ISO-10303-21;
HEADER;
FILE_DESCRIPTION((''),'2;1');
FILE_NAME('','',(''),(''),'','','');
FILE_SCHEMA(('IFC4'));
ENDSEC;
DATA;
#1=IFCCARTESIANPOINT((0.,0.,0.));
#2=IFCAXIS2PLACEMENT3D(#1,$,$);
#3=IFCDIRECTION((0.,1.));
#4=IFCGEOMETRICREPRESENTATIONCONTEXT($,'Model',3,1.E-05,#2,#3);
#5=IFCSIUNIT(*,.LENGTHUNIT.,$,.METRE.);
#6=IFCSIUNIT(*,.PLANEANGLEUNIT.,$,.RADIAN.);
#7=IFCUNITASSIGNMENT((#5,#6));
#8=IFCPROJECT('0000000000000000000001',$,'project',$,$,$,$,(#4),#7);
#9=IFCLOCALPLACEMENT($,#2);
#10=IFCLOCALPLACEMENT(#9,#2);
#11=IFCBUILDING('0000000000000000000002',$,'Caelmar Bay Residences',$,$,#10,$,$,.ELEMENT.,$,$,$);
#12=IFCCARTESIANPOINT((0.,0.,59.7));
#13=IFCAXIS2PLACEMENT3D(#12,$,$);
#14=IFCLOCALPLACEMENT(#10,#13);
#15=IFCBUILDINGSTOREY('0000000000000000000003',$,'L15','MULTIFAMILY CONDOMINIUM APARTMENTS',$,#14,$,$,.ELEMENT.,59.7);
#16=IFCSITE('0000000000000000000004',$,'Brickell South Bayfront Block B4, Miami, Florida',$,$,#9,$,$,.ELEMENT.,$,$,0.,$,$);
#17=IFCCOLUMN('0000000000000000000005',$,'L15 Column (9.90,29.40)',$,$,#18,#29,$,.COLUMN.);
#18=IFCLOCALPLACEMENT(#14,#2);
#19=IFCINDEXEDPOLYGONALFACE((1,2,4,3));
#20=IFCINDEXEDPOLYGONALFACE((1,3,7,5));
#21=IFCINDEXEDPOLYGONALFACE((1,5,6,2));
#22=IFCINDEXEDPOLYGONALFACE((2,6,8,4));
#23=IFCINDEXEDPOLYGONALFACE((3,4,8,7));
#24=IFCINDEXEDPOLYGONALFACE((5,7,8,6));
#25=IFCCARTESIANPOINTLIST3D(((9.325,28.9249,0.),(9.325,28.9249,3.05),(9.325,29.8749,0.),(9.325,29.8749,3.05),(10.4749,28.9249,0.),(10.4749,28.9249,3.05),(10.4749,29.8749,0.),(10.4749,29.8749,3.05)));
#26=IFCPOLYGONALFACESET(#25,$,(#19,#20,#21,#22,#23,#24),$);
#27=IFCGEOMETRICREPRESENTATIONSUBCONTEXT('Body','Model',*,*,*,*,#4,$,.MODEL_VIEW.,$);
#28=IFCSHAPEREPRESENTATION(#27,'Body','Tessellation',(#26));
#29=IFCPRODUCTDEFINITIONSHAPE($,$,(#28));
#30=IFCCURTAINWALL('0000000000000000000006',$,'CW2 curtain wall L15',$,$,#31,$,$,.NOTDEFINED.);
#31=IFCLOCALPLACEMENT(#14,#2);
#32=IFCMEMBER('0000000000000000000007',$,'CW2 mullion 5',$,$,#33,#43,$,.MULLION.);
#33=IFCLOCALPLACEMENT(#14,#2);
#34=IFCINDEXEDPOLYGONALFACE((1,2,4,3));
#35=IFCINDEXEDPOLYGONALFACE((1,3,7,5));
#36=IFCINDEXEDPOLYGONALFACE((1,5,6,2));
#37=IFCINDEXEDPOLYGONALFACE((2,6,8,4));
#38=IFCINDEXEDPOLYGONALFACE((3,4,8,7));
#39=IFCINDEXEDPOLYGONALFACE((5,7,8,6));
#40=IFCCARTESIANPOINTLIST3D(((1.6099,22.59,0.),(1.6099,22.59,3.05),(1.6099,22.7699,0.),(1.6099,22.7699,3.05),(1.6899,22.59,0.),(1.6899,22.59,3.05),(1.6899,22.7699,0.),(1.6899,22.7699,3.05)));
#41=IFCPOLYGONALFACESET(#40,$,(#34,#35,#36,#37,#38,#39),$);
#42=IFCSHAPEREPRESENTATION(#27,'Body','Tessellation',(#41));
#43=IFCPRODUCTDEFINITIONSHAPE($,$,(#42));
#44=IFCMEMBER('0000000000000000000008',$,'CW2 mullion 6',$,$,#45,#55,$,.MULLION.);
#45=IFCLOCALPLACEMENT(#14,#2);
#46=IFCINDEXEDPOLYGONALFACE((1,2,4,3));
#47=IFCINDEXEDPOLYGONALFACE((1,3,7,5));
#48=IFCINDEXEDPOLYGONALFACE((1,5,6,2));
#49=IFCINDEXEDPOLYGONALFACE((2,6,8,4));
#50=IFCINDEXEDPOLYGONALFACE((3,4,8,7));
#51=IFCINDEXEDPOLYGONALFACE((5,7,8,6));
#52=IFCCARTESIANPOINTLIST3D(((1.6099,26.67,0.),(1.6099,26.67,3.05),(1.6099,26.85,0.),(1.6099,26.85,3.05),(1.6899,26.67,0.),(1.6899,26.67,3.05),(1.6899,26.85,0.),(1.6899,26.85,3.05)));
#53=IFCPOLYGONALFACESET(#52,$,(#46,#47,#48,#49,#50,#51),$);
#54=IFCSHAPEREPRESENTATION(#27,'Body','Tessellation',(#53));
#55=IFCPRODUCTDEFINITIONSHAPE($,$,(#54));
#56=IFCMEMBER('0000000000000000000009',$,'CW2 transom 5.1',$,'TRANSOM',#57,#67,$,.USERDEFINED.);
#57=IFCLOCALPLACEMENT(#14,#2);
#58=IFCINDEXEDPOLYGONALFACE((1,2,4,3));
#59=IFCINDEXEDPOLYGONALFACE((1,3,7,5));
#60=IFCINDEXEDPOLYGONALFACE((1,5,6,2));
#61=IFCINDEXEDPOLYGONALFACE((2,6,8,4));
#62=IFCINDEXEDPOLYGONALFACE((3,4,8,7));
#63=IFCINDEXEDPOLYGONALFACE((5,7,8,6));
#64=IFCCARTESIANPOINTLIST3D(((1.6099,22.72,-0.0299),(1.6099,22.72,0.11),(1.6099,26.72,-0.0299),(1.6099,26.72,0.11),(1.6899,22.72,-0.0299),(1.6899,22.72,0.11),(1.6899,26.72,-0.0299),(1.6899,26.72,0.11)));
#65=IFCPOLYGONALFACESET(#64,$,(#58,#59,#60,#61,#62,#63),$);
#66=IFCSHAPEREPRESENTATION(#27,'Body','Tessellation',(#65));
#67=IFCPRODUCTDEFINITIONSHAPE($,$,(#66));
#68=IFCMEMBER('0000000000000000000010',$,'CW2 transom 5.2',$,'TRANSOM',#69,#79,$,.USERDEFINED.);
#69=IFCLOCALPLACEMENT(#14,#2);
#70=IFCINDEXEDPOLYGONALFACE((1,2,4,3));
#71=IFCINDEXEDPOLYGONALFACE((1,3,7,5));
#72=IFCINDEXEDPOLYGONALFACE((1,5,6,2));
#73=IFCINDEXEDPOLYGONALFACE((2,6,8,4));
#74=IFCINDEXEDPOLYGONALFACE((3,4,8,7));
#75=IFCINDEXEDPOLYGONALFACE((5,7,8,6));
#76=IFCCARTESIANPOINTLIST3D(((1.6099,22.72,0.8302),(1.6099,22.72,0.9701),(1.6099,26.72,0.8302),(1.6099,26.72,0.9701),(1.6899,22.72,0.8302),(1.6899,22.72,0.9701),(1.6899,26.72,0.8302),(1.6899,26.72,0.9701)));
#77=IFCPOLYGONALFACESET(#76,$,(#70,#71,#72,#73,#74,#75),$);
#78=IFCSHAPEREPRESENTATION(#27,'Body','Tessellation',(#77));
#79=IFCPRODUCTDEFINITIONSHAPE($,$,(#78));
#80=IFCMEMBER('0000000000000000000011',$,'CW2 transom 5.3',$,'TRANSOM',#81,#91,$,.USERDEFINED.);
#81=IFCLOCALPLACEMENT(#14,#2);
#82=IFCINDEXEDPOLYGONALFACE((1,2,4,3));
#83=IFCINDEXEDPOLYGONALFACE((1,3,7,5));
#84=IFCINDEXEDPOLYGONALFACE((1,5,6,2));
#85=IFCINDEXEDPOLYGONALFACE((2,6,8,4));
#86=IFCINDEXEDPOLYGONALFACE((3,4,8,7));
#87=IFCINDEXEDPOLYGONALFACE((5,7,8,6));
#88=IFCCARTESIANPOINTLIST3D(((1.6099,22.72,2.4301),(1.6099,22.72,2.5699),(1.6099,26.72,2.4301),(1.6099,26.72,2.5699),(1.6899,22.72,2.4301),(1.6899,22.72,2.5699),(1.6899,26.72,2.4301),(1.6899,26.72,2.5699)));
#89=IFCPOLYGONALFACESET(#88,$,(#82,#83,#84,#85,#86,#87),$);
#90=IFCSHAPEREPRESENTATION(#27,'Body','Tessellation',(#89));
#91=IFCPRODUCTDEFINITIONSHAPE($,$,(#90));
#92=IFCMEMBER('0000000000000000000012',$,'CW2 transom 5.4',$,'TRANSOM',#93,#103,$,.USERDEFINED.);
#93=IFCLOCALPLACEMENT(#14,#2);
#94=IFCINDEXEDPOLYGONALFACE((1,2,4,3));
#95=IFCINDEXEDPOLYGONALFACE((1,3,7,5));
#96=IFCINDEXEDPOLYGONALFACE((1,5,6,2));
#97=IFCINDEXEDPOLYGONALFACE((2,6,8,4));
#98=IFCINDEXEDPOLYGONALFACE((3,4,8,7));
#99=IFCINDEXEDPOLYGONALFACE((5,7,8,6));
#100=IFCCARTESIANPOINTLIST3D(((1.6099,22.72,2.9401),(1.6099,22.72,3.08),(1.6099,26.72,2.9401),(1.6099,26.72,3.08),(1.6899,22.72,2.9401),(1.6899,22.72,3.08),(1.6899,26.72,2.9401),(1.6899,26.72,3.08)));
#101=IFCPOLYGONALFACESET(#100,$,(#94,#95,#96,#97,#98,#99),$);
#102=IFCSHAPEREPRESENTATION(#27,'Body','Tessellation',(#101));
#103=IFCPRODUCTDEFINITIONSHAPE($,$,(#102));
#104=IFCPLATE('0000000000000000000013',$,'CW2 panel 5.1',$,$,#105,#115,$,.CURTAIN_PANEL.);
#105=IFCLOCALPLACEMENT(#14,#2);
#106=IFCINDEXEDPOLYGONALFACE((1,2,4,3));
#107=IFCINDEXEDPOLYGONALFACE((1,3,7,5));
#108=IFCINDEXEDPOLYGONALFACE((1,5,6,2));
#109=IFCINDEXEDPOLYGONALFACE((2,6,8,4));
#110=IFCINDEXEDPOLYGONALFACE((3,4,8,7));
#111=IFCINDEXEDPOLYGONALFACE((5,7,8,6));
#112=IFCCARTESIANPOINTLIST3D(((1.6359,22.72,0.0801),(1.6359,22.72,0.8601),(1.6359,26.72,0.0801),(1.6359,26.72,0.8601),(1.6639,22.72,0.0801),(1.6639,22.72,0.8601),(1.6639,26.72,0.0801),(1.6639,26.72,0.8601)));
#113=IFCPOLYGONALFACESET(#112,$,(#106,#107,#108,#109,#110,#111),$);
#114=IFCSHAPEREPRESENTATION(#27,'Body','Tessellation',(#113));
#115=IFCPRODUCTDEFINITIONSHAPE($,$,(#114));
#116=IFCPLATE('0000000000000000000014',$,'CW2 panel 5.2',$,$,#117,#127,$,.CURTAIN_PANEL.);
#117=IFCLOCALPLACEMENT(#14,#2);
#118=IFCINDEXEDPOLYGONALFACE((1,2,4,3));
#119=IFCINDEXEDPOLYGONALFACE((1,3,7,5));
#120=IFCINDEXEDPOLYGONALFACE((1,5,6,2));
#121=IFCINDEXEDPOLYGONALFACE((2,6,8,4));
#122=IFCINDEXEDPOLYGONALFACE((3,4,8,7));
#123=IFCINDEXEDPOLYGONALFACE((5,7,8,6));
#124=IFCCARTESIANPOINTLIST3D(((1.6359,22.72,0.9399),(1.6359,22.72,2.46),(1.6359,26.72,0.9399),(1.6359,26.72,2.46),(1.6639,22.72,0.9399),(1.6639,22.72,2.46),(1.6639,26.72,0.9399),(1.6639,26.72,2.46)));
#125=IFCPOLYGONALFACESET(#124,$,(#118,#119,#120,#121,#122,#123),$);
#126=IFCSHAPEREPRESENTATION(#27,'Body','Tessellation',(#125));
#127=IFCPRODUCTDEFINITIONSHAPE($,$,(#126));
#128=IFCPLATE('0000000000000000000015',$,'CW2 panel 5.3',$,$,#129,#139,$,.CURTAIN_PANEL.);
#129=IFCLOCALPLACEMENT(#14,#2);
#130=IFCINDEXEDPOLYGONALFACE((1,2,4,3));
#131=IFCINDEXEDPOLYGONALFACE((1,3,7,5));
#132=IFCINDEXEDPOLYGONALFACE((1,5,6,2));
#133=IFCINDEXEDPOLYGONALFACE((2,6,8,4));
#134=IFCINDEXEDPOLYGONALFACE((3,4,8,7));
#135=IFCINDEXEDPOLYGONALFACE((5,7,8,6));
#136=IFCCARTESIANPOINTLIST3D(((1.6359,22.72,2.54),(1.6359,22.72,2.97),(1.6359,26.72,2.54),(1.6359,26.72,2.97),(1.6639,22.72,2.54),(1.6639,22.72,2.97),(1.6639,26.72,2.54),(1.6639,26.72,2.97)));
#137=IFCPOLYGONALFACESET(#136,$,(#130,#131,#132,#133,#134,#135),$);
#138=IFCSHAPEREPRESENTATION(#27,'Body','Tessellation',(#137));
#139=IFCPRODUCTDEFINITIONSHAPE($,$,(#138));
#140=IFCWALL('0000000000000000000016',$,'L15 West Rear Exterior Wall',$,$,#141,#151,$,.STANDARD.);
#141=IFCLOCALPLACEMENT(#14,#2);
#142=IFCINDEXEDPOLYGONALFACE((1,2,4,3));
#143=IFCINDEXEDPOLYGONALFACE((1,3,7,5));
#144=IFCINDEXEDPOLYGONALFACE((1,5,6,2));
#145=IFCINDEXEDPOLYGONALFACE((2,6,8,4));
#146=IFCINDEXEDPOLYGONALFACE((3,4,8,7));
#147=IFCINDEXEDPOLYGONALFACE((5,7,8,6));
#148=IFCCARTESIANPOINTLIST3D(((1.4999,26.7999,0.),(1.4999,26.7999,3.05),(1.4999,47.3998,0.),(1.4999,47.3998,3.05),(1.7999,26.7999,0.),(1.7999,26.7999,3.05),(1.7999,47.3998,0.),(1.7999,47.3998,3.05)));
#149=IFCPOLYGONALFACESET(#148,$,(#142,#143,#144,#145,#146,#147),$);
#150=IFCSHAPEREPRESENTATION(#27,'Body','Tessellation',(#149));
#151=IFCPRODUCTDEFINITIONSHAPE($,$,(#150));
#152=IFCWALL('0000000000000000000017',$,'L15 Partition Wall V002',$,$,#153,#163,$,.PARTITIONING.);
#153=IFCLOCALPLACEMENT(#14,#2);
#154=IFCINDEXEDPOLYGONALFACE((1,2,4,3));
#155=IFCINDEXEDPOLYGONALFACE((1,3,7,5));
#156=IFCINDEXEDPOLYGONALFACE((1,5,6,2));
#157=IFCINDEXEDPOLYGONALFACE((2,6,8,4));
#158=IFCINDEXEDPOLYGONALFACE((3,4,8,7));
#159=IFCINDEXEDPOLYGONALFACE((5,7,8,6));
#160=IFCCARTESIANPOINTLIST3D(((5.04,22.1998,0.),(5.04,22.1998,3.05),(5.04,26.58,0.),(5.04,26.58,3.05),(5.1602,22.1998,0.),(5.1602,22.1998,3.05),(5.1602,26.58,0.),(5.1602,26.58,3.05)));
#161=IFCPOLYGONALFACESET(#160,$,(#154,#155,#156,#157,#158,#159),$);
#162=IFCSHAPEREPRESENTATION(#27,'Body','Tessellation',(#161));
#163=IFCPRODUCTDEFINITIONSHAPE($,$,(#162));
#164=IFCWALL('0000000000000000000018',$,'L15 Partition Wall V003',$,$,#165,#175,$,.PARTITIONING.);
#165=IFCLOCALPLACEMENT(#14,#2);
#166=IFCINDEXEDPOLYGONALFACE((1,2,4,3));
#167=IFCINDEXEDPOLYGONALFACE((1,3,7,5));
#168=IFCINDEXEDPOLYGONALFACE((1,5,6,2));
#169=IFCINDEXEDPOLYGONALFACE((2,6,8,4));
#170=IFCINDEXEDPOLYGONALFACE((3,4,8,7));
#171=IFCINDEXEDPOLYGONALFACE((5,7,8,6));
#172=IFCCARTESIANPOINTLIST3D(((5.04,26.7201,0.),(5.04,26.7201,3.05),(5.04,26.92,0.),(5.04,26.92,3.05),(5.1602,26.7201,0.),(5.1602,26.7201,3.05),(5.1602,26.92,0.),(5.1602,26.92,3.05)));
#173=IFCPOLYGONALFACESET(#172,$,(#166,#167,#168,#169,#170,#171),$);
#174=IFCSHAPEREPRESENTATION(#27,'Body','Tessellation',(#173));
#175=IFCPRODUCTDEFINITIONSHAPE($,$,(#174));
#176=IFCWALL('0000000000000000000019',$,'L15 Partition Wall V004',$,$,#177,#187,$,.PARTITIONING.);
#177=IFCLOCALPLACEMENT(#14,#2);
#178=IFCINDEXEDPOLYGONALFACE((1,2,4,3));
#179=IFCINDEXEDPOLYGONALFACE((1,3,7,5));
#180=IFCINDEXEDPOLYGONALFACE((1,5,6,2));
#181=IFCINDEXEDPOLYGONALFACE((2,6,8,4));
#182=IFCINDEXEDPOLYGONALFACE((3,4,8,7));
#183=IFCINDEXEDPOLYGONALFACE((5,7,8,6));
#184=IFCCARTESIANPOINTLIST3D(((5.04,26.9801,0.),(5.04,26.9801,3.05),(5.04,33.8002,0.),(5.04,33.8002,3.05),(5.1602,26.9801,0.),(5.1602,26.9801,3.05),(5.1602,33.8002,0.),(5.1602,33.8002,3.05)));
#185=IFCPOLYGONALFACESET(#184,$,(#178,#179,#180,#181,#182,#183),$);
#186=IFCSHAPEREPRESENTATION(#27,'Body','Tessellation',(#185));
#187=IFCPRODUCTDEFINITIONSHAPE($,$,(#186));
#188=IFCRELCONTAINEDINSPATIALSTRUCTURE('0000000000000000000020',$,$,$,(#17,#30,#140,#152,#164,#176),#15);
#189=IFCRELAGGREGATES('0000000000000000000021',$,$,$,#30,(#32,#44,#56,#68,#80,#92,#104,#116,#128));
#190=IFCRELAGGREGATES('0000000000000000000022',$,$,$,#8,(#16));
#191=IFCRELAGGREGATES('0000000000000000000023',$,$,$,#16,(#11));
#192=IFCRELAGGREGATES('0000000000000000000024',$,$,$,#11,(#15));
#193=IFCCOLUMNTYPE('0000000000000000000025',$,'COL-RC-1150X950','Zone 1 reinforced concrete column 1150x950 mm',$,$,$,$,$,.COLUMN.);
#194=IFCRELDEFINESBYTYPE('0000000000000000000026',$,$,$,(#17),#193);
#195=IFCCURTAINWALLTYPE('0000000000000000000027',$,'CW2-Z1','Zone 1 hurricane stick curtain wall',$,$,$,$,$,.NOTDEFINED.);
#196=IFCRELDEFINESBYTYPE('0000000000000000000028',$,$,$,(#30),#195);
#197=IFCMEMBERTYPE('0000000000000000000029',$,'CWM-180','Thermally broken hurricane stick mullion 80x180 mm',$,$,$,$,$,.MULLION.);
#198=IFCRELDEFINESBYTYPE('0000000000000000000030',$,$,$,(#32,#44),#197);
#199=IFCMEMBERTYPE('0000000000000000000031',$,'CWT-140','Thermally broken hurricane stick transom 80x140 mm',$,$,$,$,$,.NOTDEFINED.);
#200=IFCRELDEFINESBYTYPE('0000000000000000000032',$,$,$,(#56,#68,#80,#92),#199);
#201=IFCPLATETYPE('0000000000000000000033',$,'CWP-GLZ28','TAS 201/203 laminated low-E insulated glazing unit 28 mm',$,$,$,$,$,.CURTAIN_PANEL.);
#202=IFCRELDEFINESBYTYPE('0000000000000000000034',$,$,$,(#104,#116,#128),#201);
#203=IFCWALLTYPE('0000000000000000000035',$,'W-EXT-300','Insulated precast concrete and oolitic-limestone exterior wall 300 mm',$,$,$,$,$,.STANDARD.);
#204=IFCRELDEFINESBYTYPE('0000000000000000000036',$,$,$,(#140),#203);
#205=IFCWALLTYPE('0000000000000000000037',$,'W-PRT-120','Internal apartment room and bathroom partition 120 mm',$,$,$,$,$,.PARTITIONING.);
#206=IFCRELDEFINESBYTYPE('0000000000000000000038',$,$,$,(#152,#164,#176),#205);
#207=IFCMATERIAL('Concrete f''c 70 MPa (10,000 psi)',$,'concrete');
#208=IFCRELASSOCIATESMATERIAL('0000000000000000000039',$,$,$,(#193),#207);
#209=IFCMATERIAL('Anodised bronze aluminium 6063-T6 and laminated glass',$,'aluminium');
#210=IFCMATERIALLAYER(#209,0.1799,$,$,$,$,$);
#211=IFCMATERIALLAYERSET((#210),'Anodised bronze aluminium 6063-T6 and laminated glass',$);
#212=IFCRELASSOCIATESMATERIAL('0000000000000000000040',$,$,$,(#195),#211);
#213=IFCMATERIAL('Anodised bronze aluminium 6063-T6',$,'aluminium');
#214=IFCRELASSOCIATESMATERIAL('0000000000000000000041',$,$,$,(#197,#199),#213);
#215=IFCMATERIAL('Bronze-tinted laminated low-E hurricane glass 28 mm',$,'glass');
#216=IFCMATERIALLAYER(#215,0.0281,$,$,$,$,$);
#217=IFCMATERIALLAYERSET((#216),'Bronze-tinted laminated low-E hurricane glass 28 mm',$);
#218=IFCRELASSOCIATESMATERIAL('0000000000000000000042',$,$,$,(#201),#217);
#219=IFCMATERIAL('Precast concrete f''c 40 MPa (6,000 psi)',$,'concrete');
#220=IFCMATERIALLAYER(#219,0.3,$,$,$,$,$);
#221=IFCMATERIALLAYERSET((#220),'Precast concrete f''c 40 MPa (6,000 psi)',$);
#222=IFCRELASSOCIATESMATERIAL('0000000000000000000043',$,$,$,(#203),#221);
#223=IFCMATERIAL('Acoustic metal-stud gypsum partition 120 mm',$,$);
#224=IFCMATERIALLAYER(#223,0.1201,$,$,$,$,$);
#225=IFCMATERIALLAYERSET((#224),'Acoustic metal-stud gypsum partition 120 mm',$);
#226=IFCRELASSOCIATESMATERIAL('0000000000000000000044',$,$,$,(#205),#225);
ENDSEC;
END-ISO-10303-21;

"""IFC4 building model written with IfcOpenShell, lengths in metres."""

from ifc_helpers import new_model, si_unit, direction, frame, frame_2d, origin, origin_2d, place, context, subcontext, project, spatial, rectangle, extrude, material, layer, layer_set, material_profile, profile_set, type_object, element, aggregate, save


model = new_model("IFC4")

# Units and contexts
model_context = context("Model", 3, precision=1e-05, world=origin(), true_north=direction((0.0, 1.0)))
body_context = subcontext(model_context, "Body", "Model", "MODEL_VIEW")
ifc_project = project(units=[si_unit("LENGTHUNIT", "METRE"), si_unit("PLANEANGLEUNIT", "RADIAN")], contexts=[model_context])

# Site, building, storey
site_placement = place(None, origin())
site = spatial("IfcSite", under=ifc_project, at=site_placement, Name="Brickell South Bayfront Block B4, Miami, Florida", CompositionType="ELEMENT", RefElevation=0.0)
building_placement = place(site_placement, origin())
building = spatial("IfcBuilding", under=site, at=building_placement, Name="Caelmar Bay Residences", CompositionType="ELEMENT")
storey_placement = place(building_placement, frame((0.0, 0.0, 59.7)))
storey = spatial("IfcBuildingStorey", under=building, at=storey_placement, Name="L15", Description="MULTIFAMILY CONDOMINIUM APARTMENTS", CompositionType="ELEMENT", Elevation=59.7)

# Column
ifc_material_1 = material(Name="Concrete f'c 70 MPa (10,000 psi)", Category="concrete")
ifc_material_profile_1 = material_profile(ifc_material_1, rectangle(XDim=1.1499, YDim=0.95, at=origin_2d()), Name="RC-COL-1150X950")
ifc_profile_set_1 = profile_set([ifc_material_profile_1], Name="Concrete f'c 70 MPa (10,000 psi)")
column_type = type_object("IfcColumnType", Name="COL-RC-1150X950", Description="Zone 1 reinforced concrete column 1150x950 mm", PredefinedType="COLUMN", material=ifc_profile_set_1)
column_placement = place(storey_placement, frame((9.8999, 29.3999, 0.0), z_axis=(0.0, 0.0, 1.0), x_axis=(1.0, 0.0, 0.0)))
element("IfcColumn", 1, at=column_placement, inside=storey, type_object=column_type, Name="L15 Column (9.90,29.40)", PredefinedType="COLUMN", context=body_context, shape_type="SweptSolid", body=[
    extrude(rectangle(XDim=1.1499, YDim=0.95, at=origin_2d()), origin(), (0.0, 0.0, 1.0), 3.05),
])

# Curtain wall, members, plates
ifc_material_2 = material(Name="Anodised bronze aluminium 6063-T6 and laminated glass", Category="aluminium")
ifc_layer_1 = layer(ifc_material_2, 0.1799)
ifc_layer_set_1 = layer_set([ifc_layer_1], Name="Anodised bronze aluminium 6063-T6 and laminated glass")
curtain_wall_type = type_object("IfcCurtainWallType", Name="CW2-Z1", Description="Zone 1 hurricane stick curtain wall", PredefinedType="NOTDEFINED", material=ifc_layer_set_1)
curtain_wall_placement = place(storey_placement, origin())
curtain_wall = element("IfcCurtainWall", 2, at=curtain_wall_placement, inside=storey, type_object=curtain_wall_type, Name="CW2 curtain wall L15", PredefinedType="NOTDEFINED")
ifc_material_3 = material(Name="Anodised bronze aluminium 6063-T6", Category="aluminium")
ifc_material_profile_2 = material_profile(ifc_material_3, rectangle(XDim=0.0801, YDim=0.1799, at=origin_2d()), Name="CWM-80X180")
ifc_profile_set_2 = profile_set([ifc_material_profile_2], Name="Anodised bronze aluminium 6063-T6")
member_type_1 = type_object("IfcMemberType", Name="CWM-180", Description="Thermally broken hurricane stick mullion 80x180 mm", PredefinedType="MULLION", material=ifc_profile_set_2)
member_1_placement = place(storey_placement, frame((1.6499, 22.6799, 0.0), z_axis=(0.0, 0.0, 1.0), x_axis=(-1.0, 0.0, 0.0)))
member_1 = element("IfcMember", 3, at=member_1_placement, type_object=member_type_1, Name="CW2 mullion 5", PredefinedType="MULLION", context=body_context, shape_type="SweptSolid", body=[
    extrude(rectangle(XDim=0.0801, YDim=0.1799, at=origin_2d()), origin(), (0.0, 0.0, 1.0), 3.05),
])
member_2_placement = place(storey_placement, frame((1.6499, 26.76, 0.0), z_axis=(0.0, 0.0, 1.0), x_axis=(-1.0, 0.0, 0.0)))
member_2 = element("IfcMember", 4, at=member_2_placement, type_object=member_type_1, Name="CW2 mullion 6", PredefinedType="MULLION", context=body_context, shape_type="SweptSolid", body=[
    extrude(rectangle(XDim=0.0801, YDim=0.1799, at=origin_2d()), origin(), (0.0, 0.0, 1.0), 3.05),
])
ifc_material_profile_3 = material_profile(ifc_material_3, rectangle(XDim=0.0801, YDim=0.1399, at=origin_2d()), Name="CWT-80X140")
ifc_profile_set_3 = profile_set([ifc_material_profile_3], Name="Anodised bronze aluminium 6063-T6")
member_type_2 = type_object("IfcMemberType", Name="CWT-140", Description="Thermally broken hurricane stick transom 80x140 mm", PredefinedType="NOTDEFINED", material=ifc_profile_set_3)
member_3_placement = place(storey_placement, frame((1.6499, 22.72, 0.04), z_axis=(0.0, 1.0, 0.0), x_axis=(-1.0, 0.0, 0.0)))
member_3 = element("IfcMember", 5, at=member_3_placement, type_object=member_type_2, Name="CW2 transom 5.1", ObjectType="TRANSOM", PredefinedType="USERDEFINED", context=body_context, shape_type="SweptSolid", body=[
    extrude(rectangle(XDim=0.0801, YDim=0.1399, at=origin_2d()), origin(), (0.0, 0.0, 1.0), 4.0),
])
member_4_placement = place(storey_placement, frame((1.6499, 22.72, 0.9001), z_axis=(0.0, 1.0, 0.0), x_axis=(-1.0, 0.0, 0.0)))
member_4 = element("IfcMember", 6, at=member_4_placement, type_object=member_type_2, Name="CW2 transom 5.2", ObjectType="TRANSOM", PredefinedType="USERDEFINED", context=body_context, shape_type="SweptSolid", body=[
    extrude(rectangle(XDim=0.0801, YDim=0.1399, at=origin_2d()), origin(), (0.0, 0.0, 1.0), 4.0),
])
member_5_placement = place(storey_placement, frame((1.6499, 22.72, 2.5), z_axis=(0.0, 1.0, 0.0), x_axis=(-1.0, 0.0, 0.0)))
member_5 = element("IfcMember", 7, at=member_5_placement, type_object=member_type_2, Name="CW2 transom 5.3", ObjectType="TRANSOM", PredefinedType="USERDEFINED", context=body_context, shape_type="SweptSolid", body=[
    extrude(rectangle(XDim=0.0801, YDim=0.1399, at=origin_2d()), origin(), (0.0, 0.0, 1.0), 4.0),
])
member_6_placement = place(storey_placement, frame((1.6499, 22.72, 3.01), z_axis=(0.0, 1.0, 0.0), x_axis=(-1.0, 0.0, 0.0)))
member_6 = element("IfcMember", 8, at=member_6_placement, type_object=member_type_2, Name="CW2 transom 5.4", ObjectType="TRANSOM", PredefinedType="USERDEFINED", context=body_context, shape_type="SweptSolid", body=[
    extrude(rectangle(XDim=0.0801, YDim=0.1399, at=origin_2d()), origin(), (0.0, 0.0, 1.0), 4.0),
])
ifc_material_4 = material(Name="Bronze-tinted laminated low-E hurricane glass 28 mm", Category="glass")
ifc_layer_2 = layer(ifc_material_4, 0.0281)
ifc_layer_set_2 = layer_set([ifc_layer_2], Name="Bronze-tinted laminated low-E hurricane glass 28 mm")
plate_type = type_object("IfcPlateType", Name="CWP-GLZ28", Description="TAS 201/203 laminated low-E insulated glazing unit 28 mm", PredefinedType="CURTAIN_PANEL", material=ifc_layer_set_2)
plate_1_placement = place(storey_placement, frame((1.6499, 24.72, 0.0801), z_axis=(0.0, 0.0, 1.0), x_axis=(0.0, 1.0, 0.0)))
plate_1 = element("IfcPlate", 9, at=plate_1_placement, type_object=plate_type, Name="CW2 panel 5.1", PredefinedType="CURTAIN_PANEL", context=body_context, shape_type="SweptSolid", body=[
    extrude(rectangle(XDim=4.0, YDim=0.0281, at=origin_2d()), origin(), (0.0, 0.0, 1.0), 0.78),
])
plate_2_placement = place(storey_placement, frame((1.6499, 24.72, 0.9399), z_axis=(0.0, 0.0, 1.0), x_axis=(0.0, 1.0, 0.0)))
plate_2 = element("IfcPlate", 10, at=plate_2_placement, type_object=plate_type, Name="CW2 panel 5.2", PredefinedType="CURTAIN_PANEL", context=body_context, shape_type="SweptSolid", body=[
    extrude(rectangle(XDim=4.0, YDim=0.0281, at=origin_2d()), origin(), (0.0, 0.0, 1.0), 1.52),
])
plate_3_placement = place(storey_placement, frame((1.6499, 24.72, 2.54), z_axis=(0.0, 0.0, 1.0), x_axis=(0.0, 1.0, 0.0)))
plate_3 = element("IfcPlate", 11, at=plate_3_placement, type_object=plate_type, Name="CW2 panel 5.3", PredefinedType="CURTAIN_PANEL", context=body_context, shape_type="SweptSolid", body=[
    extrude(rectangle(XDim=4.0, YDim=0.0281, at=origin_2d()), origin(), (0.0, 0.0, 1.0), 0.4299),
])
aggregate(curtain_wall, [member_1, member_2, member_3, member_4, member_5, member_6, plate_1, plate_2, plate_3])

# Walls
ifc_material_5 = material(Name="Precast concrete f'c 40 MPa (6,000 psi)", Category="concrete")
ifc_layer_3 = layer(ifc_material_5, 0.3)
ifc_layer_set_3 = layer_set([ifc_layer_3], Name="Precast concrete f'c 40 MPa (6,000 psi)")
wall_type_1 = type_object("IfcWallType", Name="W-EXT-300", Description="Insulated precast concrete and oolitic-limestone exterior wall 300 mm", PredefinedType="STANDARD", material=ifc_layer_set_3)
wall_1_placement = place(storey_placement, frame((1.6499, 26.8, 0.0), z_axis=(0.0, 0.0, 1.0), x_axis=(0.0, 1.0, 0.0)))
element("IfcWall", 12, at=wall_1_placement, inside=storey, type_object=wall_type_1, Name="L15 West Rear Exterior Wall", PredefinedType="STANDARD", context=body_context, shape_type="SweptSolid", body=[
    extrude(rectangle(XDim=20.5999, YDim=0.3, at=frame_2d((10.2998, 0.0))), origin(), (0.0, 0.0, 1.0), 3.05),
])
ifc_material_6 = material(Name="Acoustic metal-stud gypsum partition 120 mm")
ifc_layer_4 = layer(ifc_material_6, 0.1201)
ifc_layer_set_4 = layer_set([ifc_layer_4], Name="Acoustic metal-stud gypsum partition 120 mm")
wall_type_2 = type_object("IfcWallType", Name="W-PRT-120", Description="Internal apartment room and bathroom partition 120 mm", PredefinedType="PARTITIONING", material=ifc_layer_set_4)
wall_2_placement = place(storey_placement, frame((5.1001, 22.2, 0.0), z_axis=(0.0, 0.0, 1.0), x_axis=(0.0, 1.0, 0.0)))
element("IfcWall", 13, at=wall_2_placement, inside=storey, type_object=wall_type_2, Name="L15 Partition Wall V002", PredefinedType="PARTITIONING", context=body_context, shape_type="SweptSolid", body=[
    extrude(rectangle(XDim=4.3801, YDim=0.1201, at=frame_2d((2.1899, 0.0))), origin(), (0.0, 0.0, 1.0), 3.05),
])
wall_3_placement = place(storey_placement, frame((5.1001, 26.72, 0.0), z_axis=(0.0, 0.0, 1.0), x_axis=(0.0, 1.0, 0.0)))
element("IfcWall", 14, at=wall_3_placement, inside=storey, type_object=wall_type_2, Name="L15 Partition Wall V003", PredefinedType="PARTITIONING", context=body_context, shape_type="SweptSolid", body=[
    extrude(rectangle(XDim=0.2, YDim=0.1201, at=frame_2d((0.1001, 0.0))), origin(), (0.0, 0.0, 1.0), 3.05),
])
wall_4_placement = place(storey_placement, frame((5.1001, 26.98, 0.0), z_axis=(0.0, 0.0, 1.0), x_axis=(0.0, 1.0, 0.0)))
element("IfcWall", 15, at=wall_4_placement, inside=storey, type_object=wall_type_2, Name="L15 Partition Wall V004", PredefinedType="PARTITIONING", context=body_context, shape_type="SweptSolid", body=[
    extrude(rectangle(XDim=6.8201, YDim=0.1201, at=frame_2d((3.4102, 0.0))), origin(), (0.0, 0.0, 1.0), 3.05),
])

save(model, "model.ifc")
